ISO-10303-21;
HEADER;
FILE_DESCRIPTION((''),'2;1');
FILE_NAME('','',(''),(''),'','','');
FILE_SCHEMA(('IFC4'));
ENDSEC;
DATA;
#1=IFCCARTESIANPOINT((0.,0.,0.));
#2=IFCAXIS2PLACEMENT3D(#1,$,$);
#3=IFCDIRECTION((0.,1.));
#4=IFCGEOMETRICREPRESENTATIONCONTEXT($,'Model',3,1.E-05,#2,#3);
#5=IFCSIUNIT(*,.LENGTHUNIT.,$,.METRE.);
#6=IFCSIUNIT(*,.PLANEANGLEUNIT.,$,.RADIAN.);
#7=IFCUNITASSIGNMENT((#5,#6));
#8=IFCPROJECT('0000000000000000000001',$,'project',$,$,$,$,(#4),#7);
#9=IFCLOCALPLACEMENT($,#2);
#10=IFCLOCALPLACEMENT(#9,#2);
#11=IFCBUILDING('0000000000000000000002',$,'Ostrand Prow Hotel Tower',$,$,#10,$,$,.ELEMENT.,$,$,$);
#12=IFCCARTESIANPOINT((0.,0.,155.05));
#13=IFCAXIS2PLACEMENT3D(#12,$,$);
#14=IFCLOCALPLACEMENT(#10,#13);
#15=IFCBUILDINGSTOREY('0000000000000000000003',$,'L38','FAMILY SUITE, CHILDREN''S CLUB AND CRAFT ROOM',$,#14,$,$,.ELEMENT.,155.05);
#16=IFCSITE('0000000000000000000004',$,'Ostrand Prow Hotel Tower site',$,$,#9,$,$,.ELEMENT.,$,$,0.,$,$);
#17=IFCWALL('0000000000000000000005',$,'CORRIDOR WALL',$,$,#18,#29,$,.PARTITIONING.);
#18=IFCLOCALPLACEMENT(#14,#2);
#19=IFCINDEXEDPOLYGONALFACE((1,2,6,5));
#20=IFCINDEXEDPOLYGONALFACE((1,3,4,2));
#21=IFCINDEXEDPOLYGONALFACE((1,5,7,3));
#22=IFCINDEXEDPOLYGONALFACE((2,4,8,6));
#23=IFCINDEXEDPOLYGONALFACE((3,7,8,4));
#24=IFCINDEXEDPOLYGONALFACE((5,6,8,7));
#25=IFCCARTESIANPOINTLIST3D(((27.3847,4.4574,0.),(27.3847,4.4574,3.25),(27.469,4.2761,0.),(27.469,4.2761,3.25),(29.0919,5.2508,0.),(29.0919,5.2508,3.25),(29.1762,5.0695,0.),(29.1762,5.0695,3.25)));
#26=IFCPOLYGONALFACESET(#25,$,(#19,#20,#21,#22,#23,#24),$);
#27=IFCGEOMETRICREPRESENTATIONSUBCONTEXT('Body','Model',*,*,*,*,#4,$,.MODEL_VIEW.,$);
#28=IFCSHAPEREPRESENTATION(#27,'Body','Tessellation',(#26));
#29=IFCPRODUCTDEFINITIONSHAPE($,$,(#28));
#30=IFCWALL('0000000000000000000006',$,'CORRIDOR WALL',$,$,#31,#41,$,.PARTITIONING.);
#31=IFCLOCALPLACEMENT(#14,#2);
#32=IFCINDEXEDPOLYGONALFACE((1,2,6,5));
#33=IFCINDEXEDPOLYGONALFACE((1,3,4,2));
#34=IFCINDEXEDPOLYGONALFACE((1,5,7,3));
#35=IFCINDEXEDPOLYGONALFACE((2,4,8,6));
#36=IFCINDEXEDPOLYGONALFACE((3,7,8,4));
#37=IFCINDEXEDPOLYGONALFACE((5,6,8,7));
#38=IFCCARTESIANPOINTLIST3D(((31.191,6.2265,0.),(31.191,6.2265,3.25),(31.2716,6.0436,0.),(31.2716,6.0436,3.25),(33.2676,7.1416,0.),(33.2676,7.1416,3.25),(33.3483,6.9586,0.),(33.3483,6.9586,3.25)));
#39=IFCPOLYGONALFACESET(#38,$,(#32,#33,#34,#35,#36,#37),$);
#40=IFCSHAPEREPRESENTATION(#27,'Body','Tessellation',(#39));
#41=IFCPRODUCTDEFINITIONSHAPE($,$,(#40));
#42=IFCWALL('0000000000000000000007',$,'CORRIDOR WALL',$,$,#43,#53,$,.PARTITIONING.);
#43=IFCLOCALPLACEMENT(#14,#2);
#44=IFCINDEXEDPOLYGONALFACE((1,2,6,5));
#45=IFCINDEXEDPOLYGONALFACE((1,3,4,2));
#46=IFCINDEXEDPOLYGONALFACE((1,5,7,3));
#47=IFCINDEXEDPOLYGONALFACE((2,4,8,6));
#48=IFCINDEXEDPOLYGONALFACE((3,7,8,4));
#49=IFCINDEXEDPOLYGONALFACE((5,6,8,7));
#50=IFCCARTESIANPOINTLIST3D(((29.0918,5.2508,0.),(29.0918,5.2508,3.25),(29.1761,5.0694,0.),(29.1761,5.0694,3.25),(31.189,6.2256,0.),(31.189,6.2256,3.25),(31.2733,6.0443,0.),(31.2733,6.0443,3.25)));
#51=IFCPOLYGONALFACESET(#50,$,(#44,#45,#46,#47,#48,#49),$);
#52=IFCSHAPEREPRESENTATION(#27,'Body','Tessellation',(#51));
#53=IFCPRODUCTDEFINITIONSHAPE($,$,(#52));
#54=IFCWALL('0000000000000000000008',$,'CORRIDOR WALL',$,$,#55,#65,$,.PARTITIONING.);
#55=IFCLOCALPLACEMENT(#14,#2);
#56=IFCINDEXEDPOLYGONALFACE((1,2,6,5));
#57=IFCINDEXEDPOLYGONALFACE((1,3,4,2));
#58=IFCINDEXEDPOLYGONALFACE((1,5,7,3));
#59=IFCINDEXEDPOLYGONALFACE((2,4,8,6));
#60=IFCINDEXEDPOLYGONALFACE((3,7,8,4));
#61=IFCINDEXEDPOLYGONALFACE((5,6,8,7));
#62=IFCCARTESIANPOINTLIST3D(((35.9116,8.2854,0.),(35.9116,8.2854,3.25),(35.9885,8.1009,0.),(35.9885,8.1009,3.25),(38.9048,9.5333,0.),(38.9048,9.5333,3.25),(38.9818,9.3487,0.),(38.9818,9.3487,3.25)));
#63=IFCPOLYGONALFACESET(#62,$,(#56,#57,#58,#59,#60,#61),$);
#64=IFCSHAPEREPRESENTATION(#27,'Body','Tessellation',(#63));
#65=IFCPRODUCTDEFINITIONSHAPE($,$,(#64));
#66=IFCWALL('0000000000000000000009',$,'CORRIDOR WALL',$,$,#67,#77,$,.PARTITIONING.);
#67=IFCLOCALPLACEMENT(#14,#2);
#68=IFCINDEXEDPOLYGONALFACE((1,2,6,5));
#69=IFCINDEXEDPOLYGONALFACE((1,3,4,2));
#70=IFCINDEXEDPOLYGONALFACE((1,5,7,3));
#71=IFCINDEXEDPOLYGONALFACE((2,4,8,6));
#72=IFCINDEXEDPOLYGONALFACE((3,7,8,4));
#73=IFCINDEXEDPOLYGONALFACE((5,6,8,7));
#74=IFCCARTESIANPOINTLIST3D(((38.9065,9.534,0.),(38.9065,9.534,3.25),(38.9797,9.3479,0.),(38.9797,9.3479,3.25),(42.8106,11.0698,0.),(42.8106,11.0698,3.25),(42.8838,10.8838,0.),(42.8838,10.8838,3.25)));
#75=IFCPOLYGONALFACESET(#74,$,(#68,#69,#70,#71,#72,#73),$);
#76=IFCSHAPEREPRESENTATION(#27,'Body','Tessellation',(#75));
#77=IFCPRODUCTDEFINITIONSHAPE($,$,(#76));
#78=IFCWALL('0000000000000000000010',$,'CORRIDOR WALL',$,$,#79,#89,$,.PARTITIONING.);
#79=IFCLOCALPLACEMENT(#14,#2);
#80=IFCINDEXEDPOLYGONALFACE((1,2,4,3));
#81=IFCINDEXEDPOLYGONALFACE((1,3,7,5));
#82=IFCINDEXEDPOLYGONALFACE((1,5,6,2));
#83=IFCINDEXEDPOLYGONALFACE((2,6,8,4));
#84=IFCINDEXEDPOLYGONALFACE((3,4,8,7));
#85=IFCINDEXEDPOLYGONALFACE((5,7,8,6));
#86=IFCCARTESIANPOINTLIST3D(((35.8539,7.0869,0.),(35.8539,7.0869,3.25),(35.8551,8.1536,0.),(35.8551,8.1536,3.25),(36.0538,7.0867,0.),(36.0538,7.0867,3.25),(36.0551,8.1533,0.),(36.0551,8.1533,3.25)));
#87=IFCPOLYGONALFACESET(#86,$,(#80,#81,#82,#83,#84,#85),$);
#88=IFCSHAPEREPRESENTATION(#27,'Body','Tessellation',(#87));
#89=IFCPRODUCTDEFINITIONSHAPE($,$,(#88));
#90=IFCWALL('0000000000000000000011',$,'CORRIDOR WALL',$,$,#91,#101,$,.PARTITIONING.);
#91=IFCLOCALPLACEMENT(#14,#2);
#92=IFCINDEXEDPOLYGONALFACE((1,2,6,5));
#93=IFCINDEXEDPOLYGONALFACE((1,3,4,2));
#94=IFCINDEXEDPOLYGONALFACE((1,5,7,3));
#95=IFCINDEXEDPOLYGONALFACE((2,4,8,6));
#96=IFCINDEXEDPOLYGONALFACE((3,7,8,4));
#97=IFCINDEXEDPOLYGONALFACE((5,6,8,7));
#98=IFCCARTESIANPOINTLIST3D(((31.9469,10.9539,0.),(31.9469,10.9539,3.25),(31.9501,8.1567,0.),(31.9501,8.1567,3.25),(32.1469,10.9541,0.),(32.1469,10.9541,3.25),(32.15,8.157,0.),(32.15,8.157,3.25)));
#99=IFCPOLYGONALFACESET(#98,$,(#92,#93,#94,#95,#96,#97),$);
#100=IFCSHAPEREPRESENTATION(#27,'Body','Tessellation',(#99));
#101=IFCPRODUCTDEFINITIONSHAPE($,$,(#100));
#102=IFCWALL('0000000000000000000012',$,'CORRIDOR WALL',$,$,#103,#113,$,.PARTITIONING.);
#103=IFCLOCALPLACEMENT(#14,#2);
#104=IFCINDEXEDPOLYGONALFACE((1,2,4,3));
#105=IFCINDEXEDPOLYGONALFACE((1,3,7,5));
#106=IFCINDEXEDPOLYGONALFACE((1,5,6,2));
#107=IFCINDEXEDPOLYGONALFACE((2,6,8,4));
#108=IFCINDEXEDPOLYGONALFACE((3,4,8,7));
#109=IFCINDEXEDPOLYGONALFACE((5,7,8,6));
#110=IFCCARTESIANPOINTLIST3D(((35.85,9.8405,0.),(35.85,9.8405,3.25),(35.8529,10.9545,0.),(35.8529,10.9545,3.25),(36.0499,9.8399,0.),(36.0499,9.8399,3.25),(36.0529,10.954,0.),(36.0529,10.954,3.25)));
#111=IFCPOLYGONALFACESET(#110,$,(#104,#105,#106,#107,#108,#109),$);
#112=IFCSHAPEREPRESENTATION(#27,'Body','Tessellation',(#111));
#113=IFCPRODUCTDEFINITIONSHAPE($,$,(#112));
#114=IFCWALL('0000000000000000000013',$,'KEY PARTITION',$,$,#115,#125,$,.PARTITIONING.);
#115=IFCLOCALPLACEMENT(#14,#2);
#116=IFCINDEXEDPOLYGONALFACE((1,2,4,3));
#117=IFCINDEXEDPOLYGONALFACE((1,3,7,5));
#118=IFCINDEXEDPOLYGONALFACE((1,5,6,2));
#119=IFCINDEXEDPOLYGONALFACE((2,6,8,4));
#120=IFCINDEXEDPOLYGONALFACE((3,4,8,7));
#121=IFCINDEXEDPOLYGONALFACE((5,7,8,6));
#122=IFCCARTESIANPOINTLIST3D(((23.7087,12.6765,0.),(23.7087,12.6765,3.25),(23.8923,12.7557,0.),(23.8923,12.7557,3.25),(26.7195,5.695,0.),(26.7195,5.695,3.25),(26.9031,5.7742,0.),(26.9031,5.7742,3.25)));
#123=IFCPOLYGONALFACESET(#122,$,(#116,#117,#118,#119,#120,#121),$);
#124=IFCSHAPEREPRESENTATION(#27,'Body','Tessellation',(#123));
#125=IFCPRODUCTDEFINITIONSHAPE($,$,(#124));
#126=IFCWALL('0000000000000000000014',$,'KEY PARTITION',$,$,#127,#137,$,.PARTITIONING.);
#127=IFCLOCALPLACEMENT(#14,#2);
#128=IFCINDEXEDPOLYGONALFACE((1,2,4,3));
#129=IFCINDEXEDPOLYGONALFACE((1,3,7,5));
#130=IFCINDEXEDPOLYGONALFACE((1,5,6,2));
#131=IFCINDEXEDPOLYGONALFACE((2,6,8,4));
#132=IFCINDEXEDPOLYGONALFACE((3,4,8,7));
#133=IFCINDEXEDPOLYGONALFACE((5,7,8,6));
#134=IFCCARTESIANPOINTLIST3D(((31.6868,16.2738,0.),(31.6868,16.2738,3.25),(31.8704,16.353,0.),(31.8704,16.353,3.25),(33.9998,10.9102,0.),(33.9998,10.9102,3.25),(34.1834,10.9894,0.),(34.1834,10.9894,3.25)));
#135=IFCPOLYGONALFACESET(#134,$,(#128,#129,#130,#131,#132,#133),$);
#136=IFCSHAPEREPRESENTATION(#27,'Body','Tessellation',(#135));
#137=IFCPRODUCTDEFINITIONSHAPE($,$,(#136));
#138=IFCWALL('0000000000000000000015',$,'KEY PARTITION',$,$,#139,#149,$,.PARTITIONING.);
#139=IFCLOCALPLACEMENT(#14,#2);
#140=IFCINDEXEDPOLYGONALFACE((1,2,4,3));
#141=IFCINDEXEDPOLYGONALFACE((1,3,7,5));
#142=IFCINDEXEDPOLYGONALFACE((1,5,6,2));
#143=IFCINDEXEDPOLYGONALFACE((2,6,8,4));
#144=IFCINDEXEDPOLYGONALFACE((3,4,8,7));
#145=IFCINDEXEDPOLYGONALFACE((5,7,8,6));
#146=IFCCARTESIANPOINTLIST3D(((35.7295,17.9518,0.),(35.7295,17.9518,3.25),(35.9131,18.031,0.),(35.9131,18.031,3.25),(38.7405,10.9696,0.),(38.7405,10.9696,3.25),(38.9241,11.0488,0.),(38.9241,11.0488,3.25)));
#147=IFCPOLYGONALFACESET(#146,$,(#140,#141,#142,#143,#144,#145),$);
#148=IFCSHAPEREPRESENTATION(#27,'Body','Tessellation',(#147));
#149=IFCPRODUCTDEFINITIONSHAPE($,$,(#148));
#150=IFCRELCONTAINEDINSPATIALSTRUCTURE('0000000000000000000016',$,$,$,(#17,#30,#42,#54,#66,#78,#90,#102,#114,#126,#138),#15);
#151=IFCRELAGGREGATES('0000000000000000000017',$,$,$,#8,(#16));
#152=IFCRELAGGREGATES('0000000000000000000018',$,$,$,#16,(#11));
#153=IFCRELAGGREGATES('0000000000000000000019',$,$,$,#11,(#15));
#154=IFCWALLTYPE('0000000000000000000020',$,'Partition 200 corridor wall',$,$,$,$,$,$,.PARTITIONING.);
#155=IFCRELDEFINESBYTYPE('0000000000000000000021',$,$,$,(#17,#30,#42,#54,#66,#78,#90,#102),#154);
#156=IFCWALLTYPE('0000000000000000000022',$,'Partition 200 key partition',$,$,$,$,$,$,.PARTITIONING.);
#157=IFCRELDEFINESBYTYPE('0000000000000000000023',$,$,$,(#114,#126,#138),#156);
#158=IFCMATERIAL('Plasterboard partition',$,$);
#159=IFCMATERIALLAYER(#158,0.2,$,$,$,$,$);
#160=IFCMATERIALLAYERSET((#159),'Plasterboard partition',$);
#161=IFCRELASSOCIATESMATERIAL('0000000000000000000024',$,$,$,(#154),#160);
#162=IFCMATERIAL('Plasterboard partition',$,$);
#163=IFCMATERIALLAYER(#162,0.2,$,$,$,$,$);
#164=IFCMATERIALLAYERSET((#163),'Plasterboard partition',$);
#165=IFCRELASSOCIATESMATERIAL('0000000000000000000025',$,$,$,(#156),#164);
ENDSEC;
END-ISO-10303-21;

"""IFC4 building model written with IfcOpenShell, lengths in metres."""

from ifc_helpers import new_model, si_unit, direction, frame, frame_2d, origin, place, context, subcontext, project, spatial, rectangle, extrude, material, layer, layer_set, type_object, element, save


model = new_model("IFC4")

# Units and contexts
model_context = context("Model", 3, precision=1e-05, world=origin(), true_north=direction((0.0, 1.0)))
body_context = subcontext(model_context, "Body", "Model", "MODEL_VIEW")
ifc_project = project(units=[si_unit("LENGTHUNIT", "METRE"), si_unit("PLANEANGLEUNIT", "RADIAN")], contexts=[model_context])

# Site, building, storey
site_placement = place(None, origin())
site = spatial("IfcSite", under=ifc_project, at=site_placement, Name="Ostrand Prow Hotel Tower site", CompositionType="ELEMENT", RefElevation=0.0)
building_placement = place(site_placement, origin())
building = spatial("IfcBuilding", under=site, at=building_placement, Name="Ostrand Prow Hotel Tower", CompositionType="ELEMENT")
storey_placement = place(building_placement, frame((0.0, 0.0, 155.05)))
storey = spatial("IfcBuildingStorey", under=building, at=storey_placement, Name="L38", Description="FAMILY SUITE, CHILDREN'S CLUB AND CRAFT ROOM", CompositionType="ELEMENT", Elevation=155.05)

# Shared definitions
ifc_material_1 = material(Name="Plasterboard partition")
ifc_layer_1 = layer(ifc_material_1, 0.2)
ifc_layer_set_1 = layer_set([ifc_layer_1], Name="Plasterboard partition")
wall_type_1 = type_object("IfcWallType", Name="Partition 200 corridor wall", PredefinedType="PARTITIONING", material=ifc_layer_set_1)

# Walls
wall_1_placement = place(storey_placement, frame((27.4268, 4.3667, 0.0), z_axis=(0.0, 0.0, 1.0), x_axis=(0.906848, 0.421458, 0.0)))
element("IfcWall", 1, at=wall_1_placement, inside=storey, type_object=wall_type_1, Name="CORRIDOR WALL", PredefinedType="PARTITIONING", context=body_context, shape_type="SweptSolid", body=[
    extrude(rectangle(XDim=1.8826, YDim=0.2, at=frame_2d((0.9414, 0.0))), origin(), (0.0, 0.0, 1.0), 3.25),
])
wall_2_placement = place(storey_placement, frame((31.2312, 6.135, 0.0), z_axis=(0.0, 0.0, 1.0), x_axis=(0.915102, 0.403222, 0.0)))
element("IfcWall", 2, at=wall_2_placement, inside=storey, type_object=wall_type_1, Name="CORRIDOR WALL", PredefinedType="PARTITIONING", context=body_context, shape_type="SweptSolid", body=[
    extrude(rectangle(XDim=2.2693, YDim=0.2, at=frame_2d((1.1348, 0.0))), origin(), (0.0, 0.0, 1.0), 3.25),
])
wall_3_placement = place(storey_placement, frame((29.134, 5.1602, 0.0), z_axis=(0.0, 0.0, 1.0), x_axis=(0.906816, 0.421527, 0.0)))
element("IfcWall", 3, at=wall_3_placement, inside=storey, type_object=wall_type_1, Name="CORRIDOR WALL", PredefinedType="PARTITIONING", context=body_context, shape_type="SweptSolid", body=[
    extrude(rectangle(XDim=2.3127, YDim=0.2, at=frame_2d((1.1562, 0.0))), origin(), (0.0, 0.0, 1.0), 3.25),
])
wall_4_placement = place(storey_placement, frame((35.95, 8.1931, 0.0), z_axis=(0.0, 0.0, 1.0), x_axis=(0.923006, 0.384786, 0.0)))
element("IfcWall", 4, at=wall_4_placement, inside=storey, type_object=wall_type_1, Name="CORRIDOR WALL", PredefinedType="PARTITIONING", context=body_context, shape_type="SweptSolid", body=[
    extrude(rectangle(XDim=3.2429, YDim=0.2, at=frame_2d((1.6216, 0.0))), origin(), (0.0, 0.0, 1.0), 3.25),
])
wall_5_placement = place(storey_placement, frame((38.9431, 9.4409, 0.0), z_axis=(0.0, 0.0, 1.0), x_axis=(0.930577, 0.366097, 0.0)))
element("IfcWall", 5, at=wall_5_placement, inside=storey, type_object=wall_type_1, Name="CORRIDOR WALL", PredefinedType="PARTITIONING", context=body_context, shape_type="SweptSolid", body=[
    extrude(rectangle(XDim=4.1953, YDim=0.2, at=frame_2d((2.0977, 0.0))), origin(), (0.0, 0.0, 1.0), 3.25),
])
wall_6_placement = place(storey_placement, frame((35.9539, 7.0869, 0.0), z_axis=(0.0, 0.0, 1.0), x_axis=(0.001144, 0.999999, 0.0)))
element("IfcWall", 6, at=wall_6_placement, inside=storey, type_object=wall_type_1, Name="CORRIDOR WALL", PredefinedType="PARTITIONING", context=body_context, shape_type="SweptSolid", body=[
    extrude(rectangle(XDim=1.0667, YDim=0.2, at=frame_2d((0.5332, 0.0))), origin(), (0.0, 0.0, 1.0), 3.25),
])
wall_7_placement = place(storey_placement, frame((32.0469, 10.9539, 0.0), z_axis=(0.0, 0.0, 1.0), x_axis=(0.001135, -0.999999, 0.0)))
element("IfcWall", 7, at=wall_7_placement, inside=storey, type_object=wall_type_1, Name="CORRIDOR WALL", PredefinedType="PARTITIONING", context=body_context, shape_type="SweptSolid", body=[
    extrude(rectangle(XDim=2.7971, YDim=0.2, at=frame_2d((1.3984, 0.0))), origin(), (0.0, 0.0, 1.0), 3.25),
])
wall_8_placement = place(storey_placement, frame((35.95, 9.8401, 0.0), z_axis=(0.0, 0.0, 1.0), x_axis=(0.00263, 0.999997, 0.0)))
element("IfcWall", 8, at=wall_8_placement, inside=storey, type_object=wall_type_1, Name="CORRIDOR WALL", PredefinedType="PARTITIONING", context=body_context, shape_type="SweptSolid", body=[
    extrude(rectangle(XDim=1.114, YDim=0.2, at=frame_2d((0.5571, 0.0))), origin(), (0.0, 0.0, 1.0), 3.25),
])
ifc_material_2 = material(Name="Plasterboard partition")
ifc_layer_2 = layer(ifc_material_2, 0.2)
ifc_layer_set_2 = layer_set([ifc_layer_2], Name="Plasterboard partition")
wall_type_2 = type_object("IfcWallType", Name="Partition 200 key partition", PredefinedType="PARTITIONING", material=ifc_layer_set_2)
wall_9_placement = place(storey_placement, frame((26.8113, 5.7346, 0.0), z_axis=(0.0, 0.0, 1.0), x_axis=(-0.395996, 0.918252, 0.0)))
element("IfcWall", 9, at=wall_9_placement, inside=storey, type_object=wall_type_2, Name="KEY PARTITION", PredefinedType="PARTITIONING", context=body_context, shape_type="SweptSolid", body=[
    extrude(rectangle(XDim=7.603, YDim=0.2, at=frame_2d((3.8015, 0.0))), origin(), (0.0, 0.0, 1.0), 3.25),
])
wall_10_placement = place(storey_placement, frame((34.0916, 10.95, 0.0), z_axis=(0.0, 0.0, 1.0), x_axis=(-0.395992, 0.918254, 0.0)))
element("IfcWall", 10, at=wall_10_placement, inside=storey, type_object=wall_type_2, Name="KEY PARTITION", PredefinedType="PARTITIONING", context=body_context, shape_type="SweptSolid", body=[
    extrude(rectangle(XDim=5.8411, YDim=0.2, at=frame_2d((2.9204, 0.0))), origin(), (0.0, 0.0, 1.0), 3.25),
])
wall_11_placement = place(storey_placement, frame((38.8323, 11.0093, 0.0), z_axis=(0.0, 0.0, 1.0), x_axis=(-0.395988, 0.918256, 0.0)))
element("IfcWall", 11, at=wall_11_placement, inside=storey, type_object=wall_type_2, Name="KEY PARTITION", PredefinedType="PARTITIONING", context=body_context, shape_type="SweptSolid", body=[
    extrude(rectangle(XDim=7.6038, YDim=0.2, at=frame_2d((3.8018, 0.0))), origin(), (0.0, 0.0, 1.0), 3.25),
])

save(model, "model.ifc")
